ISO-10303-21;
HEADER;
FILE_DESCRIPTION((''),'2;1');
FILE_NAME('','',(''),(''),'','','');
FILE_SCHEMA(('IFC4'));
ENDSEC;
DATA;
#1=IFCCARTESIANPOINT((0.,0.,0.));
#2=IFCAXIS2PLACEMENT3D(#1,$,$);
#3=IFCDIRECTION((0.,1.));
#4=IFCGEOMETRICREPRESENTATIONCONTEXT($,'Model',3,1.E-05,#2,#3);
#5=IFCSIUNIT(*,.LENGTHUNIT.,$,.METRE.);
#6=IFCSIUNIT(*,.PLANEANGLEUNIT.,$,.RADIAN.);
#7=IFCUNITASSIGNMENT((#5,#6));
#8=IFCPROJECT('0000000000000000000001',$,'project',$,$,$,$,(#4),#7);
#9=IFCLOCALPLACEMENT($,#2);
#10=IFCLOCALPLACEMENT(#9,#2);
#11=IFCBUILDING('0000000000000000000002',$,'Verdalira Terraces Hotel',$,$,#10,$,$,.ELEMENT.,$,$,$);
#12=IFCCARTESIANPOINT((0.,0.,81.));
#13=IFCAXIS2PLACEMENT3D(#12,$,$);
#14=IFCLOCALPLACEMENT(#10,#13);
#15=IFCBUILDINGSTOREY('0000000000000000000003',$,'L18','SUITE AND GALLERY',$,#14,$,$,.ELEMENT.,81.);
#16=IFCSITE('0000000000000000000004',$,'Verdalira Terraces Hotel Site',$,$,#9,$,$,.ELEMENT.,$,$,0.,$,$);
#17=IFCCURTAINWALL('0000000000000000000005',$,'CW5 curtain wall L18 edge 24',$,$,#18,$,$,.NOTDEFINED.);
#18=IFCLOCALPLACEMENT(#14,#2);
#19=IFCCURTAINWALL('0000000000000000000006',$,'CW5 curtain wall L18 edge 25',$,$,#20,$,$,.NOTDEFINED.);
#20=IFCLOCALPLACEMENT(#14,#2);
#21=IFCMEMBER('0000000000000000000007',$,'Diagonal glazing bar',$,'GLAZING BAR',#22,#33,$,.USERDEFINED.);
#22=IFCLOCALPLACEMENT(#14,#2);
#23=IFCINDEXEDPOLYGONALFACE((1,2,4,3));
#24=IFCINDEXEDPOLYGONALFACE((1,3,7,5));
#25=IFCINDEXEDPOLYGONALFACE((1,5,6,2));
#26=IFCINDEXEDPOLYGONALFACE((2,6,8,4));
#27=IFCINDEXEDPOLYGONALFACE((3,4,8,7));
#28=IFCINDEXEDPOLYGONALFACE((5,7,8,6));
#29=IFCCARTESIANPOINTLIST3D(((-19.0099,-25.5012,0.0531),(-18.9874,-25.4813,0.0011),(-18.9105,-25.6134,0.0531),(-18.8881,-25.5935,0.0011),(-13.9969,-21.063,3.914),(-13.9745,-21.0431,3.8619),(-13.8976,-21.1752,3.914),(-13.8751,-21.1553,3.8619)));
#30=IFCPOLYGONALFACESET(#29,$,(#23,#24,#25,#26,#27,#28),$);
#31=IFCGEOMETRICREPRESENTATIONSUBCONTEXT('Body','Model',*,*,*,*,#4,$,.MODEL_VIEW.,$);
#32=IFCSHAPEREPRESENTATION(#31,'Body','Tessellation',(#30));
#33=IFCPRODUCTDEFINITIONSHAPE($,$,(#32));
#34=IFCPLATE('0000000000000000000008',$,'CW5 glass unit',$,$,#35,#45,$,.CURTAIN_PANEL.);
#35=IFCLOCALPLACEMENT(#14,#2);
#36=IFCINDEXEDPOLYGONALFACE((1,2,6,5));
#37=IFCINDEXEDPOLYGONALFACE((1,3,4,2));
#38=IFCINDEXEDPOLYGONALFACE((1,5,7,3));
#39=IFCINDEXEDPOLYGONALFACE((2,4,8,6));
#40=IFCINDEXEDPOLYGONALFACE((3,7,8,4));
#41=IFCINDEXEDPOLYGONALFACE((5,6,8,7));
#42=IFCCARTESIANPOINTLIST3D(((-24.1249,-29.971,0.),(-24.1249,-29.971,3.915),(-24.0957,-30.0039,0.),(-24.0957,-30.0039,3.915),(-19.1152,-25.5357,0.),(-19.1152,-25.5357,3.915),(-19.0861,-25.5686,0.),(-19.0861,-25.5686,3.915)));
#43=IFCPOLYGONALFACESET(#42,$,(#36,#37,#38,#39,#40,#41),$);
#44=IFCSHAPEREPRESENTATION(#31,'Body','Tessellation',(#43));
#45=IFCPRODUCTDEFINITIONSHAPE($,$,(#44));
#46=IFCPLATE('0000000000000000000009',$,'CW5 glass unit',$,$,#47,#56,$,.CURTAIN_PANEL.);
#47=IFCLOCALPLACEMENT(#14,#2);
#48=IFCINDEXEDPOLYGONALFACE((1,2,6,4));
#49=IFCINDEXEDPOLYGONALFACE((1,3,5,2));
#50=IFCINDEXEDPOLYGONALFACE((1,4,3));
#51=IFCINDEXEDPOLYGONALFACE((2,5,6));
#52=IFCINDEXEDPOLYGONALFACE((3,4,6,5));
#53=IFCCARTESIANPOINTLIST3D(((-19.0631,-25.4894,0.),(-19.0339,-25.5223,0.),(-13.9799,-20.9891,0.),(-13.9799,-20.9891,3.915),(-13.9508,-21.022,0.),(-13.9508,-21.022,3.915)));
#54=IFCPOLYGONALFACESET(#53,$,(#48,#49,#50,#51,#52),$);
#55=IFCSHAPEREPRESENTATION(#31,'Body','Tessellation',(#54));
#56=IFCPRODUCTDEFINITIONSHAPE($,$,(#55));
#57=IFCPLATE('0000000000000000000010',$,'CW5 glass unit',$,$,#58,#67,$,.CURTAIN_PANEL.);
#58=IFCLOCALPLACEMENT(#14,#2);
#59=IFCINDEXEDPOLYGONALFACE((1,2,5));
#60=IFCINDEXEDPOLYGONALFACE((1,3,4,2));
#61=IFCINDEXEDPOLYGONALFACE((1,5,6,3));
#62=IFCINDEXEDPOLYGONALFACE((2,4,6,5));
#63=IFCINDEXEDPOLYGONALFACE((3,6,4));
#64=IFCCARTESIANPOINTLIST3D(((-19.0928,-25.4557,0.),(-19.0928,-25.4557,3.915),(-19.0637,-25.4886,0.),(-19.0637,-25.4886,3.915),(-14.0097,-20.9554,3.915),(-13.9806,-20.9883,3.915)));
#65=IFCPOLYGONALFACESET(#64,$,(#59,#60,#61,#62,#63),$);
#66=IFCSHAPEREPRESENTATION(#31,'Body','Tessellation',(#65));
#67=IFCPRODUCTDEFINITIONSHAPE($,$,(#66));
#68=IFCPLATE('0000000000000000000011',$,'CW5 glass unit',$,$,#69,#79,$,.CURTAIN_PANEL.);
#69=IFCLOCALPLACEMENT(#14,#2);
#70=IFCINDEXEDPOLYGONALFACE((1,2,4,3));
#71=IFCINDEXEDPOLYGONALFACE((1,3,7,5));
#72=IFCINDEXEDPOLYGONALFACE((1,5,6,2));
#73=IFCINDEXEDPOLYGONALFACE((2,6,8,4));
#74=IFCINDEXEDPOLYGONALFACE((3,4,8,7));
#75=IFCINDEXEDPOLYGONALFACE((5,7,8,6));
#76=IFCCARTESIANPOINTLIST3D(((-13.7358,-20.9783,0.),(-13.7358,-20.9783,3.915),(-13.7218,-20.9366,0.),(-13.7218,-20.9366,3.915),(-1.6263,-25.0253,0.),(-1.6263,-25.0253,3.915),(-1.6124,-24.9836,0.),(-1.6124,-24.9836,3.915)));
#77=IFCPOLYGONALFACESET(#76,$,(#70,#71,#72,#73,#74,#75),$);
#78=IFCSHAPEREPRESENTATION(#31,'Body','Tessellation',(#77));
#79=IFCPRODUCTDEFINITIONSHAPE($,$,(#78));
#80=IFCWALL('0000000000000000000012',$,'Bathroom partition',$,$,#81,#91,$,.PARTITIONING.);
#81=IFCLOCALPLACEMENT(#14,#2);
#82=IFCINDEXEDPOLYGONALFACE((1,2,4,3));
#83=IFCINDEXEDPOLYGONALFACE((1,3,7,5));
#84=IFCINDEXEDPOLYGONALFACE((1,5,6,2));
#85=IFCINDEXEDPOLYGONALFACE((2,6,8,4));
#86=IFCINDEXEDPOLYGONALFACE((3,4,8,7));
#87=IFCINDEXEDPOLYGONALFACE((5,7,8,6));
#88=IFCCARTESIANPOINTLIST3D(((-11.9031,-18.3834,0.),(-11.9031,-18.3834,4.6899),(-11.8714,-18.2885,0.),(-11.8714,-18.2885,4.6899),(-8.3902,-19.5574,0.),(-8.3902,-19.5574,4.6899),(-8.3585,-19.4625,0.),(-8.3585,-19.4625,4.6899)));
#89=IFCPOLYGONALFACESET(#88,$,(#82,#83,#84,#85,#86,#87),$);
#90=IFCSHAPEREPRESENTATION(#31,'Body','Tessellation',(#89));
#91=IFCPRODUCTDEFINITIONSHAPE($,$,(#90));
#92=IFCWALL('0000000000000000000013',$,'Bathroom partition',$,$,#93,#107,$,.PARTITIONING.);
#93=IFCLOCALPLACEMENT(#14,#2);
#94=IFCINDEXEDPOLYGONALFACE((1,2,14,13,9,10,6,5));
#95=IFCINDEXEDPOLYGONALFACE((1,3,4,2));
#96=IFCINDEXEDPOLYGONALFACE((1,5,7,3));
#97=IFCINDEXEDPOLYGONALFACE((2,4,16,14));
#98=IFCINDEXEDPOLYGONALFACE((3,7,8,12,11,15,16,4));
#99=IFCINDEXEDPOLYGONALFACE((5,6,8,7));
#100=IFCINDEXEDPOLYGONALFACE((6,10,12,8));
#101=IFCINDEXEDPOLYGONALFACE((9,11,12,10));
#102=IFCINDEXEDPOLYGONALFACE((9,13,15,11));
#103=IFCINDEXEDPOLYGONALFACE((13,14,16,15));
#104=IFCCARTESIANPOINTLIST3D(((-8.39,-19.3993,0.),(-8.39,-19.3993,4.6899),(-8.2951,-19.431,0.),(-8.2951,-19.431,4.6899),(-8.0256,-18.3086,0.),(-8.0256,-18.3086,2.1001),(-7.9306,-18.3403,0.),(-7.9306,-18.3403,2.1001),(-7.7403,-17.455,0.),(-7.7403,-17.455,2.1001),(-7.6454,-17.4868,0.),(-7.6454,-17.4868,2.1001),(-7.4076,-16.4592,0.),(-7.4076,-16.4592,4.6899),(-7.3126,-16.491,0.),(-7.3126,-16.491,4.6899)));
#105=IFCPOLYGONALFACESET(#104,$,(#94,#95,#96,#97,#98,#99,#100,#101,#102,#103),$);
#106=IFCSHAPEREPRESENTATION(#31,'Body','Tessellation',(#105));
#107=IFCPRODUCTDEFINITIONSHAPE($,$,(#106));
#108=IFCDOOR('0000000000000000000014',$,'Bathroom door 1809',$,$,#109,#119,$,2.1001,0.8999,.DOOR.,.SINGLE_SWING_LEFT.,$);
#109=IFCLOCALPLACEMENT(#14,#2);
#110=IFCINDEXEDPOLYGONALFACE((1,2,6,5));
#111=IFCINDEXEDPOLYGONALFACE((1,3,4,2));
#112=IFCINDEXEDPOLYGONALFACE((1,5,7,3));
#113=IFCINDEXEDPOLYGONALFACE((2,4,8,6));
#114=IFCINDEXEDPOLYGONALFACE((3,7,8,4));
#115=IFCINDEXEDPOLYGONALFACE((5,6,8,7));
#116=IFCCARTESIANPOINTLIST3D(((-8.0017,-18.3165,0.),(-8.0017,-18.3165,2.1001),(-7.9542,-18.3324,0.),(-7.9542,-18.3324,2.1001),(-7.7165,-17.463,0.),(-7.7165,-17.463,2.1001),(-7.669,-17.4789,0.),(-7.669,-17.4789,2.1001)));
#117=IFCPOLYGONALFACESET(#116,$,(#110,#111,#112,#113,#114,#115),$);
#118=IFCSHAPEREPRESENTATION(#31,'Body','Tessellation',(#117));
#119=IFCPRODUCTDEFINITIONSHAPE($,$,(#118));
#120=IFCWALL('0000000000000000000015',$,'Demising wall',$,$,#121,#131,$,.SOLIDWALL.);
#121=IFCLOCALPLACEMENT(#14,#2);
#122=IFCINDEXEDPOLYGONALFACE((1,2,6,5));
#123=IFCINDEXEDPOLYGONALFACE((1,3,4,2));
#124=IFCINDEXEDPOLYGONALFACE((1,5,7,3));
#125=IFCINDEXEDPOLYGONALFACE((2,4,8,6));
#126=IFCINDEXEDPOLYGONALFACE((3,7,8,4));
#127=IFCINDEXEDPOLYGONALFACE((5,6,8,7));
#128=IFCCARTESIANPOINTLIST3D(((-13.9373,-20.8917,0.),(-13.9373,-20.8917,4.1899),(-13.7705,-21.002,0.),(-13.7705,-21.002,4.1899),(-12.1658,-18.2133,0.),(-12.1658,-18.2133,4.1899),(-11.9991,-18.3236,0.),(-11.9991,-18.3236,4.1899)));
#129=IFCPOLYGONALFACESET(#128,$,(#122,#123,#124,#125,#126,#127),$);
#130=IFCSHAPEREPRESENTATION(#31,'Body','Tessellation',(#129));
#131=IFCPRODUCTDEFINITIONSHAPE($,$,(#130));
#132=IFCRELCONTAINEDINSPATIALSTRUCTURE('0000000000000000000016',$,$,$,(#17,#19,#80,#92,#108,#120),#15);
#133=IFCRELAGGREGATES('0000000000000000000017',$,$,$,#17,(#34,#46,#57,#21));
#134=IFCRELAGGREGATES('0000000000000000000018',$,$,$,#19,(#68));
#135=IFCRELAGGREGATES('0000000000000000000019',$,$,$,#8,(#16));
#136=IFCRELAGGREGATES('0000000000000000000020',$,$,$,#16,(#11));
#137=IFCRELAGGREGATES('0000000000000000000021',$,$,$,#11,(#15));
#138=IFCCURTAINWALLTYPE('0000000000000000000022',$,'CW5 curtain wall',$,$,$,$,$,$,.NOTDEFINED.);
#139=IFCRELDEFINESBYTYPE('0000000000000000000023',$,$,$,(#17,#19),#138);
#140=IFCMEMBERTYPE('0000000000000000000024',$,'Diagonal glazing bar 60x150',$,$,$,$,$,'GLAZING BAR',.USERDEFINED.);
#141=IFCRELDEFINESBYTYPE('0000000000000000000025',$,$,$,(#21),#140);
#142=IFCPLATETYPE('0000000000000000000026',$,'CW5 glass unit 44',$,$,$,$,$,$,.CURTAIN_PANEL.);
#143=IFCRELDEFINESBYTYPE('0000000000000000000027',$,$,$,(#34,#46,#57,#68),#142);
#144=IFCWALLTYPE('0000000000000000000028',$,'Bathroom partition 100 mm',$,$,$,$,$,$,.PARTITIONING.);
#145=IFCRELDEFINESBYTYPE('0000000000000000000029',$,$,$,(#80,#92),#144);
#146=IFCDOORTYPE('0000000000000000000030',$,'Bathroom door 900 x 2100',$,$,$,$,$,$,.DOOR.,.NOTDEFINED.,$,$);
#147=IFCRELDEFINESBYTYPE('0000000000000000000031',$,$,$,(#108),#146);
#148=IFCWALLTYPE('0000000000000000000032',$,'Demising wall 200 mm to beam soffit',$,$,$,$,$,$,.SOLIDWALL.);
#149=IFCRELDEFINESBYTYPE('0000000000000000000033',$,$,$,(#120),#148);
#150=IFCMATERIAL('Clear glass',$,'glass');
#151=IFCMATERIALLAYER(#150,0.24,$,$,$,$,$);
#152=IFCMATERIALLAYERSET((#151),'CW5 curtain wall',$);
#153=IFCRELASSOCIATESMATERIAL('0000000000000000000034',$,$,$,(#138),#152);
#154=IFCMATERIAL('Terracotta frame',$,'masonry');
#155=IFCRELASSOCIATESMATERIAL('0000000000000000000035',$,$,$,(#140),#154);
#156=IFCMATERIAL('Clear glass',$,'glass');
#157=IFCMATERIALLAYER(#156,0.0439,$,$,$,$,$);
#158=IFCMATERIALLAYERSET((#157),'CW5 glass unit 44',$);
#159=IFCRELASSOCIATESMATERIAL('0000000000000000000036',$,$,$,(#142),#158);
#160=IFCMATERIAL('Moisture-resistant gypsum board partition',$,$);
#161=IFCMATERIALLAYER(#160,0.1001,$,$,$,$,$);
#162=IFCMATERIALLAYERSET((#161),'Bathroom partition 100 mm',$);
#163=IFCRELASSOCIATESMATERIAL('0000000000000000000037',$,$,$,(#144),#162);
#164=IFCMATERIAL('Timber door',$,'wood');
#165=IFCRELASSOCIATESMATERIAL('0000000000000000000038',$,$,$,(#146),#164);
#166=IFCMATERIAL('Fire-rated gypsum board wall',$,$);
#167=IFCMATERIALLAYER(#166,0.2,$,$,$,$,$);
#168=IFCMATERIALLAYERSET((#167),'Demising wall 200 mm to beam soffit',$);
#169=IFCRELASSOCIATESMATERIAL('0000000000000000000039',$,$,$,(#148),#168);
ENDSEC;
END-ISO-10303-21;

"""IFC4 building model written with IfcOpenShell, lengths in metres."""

from ifc_helpers import new_model, si_unit, direction, frame, frame_2d, origin, origin_2d, place, context, subcontext, project, spatial, polyline, rectangle, outline, extrude, material, layer, layer_set, material_profile, profile_set, type_object, element, fill, aggregate, save


model = new_model("IFC4")

# Units and contexts
model_context = context("Model", 3, precision=1e-05, world=origin(), true_north=direction((0.0, 1.0)))
body_context = subcontext(model_context, "Body", "Model", "MODEL_VIEW")
ifc_project = project(units=[si_unit("LENGTHUNIT", "METRE"), si_unit("PLANEANGLEUNIT", "RADIAN")], contexts=[model_context])

# Site, building, storey
site_placement = place(None, origin())
site = spatial("IfcSite", under=ifc_project, at=site_placement, Name="Verdalira Terraces Hotel Site", CompositionType="ELEMENT", RefElevation=0.0)
building_placement = place(site_placement, origin())
building = spatial("IfcBuilding", under=site, at=building_placement, Name="Verdalira Terraces Hotel", CompositionType="ELEMENT")
storey_placement = place(building_placement, frame((0.0, 0.0, 81.0)))
storey = spatial("IfcBuildingStorey", under=building, at=storey_placement, Name="L18", Description="SUITE AND GALLERY", CompositionType="ELEMENT", Elevation=81.0)

# Curtain walls
ifc_material_1 = material(Name="Clear glass", Category="glass")
ifc_layer_1 = layer(ifc_material_1, 0.24)
ifc_layer_set_1 = layer_set([ifc_layer_1], Name="CW5 curtain wall")
curtain_wall_type = type_object("IfcCurtainWallType", Name="CW5 curtain wall", PredefinedType="NOTDEFINED", material=ifc_layer_set_1)
curtain_wall_1_placement = place(storey_placement, origin())
curtain_wall_1 = element("IfcCurtainWall", 1, at=curtain_wall_1_placement, inside=storey, type_object=curtain_wall_type, Name="CW5 curtain wall L18 edge 24", PredefinedType="NOTDEFINED")
curtain_wall_2_placement = place(storey_placement, origin())
curtain_wall_2 = element("IfcCurtainWall", 2, at=curtain_wall_2_placement, inside=storey, type_object=curtain_wall_type, Name="CW5 curtain wall L18 edge 25", PredefinedType="NOTDEFINED")

# Member
ifc_material_2 = material(Name="Terracotta frame", Category="masonry")
ifc_material_profile_1 = material_profile(ifc_material_2, rectangle(XDim=0.1499, YDim=0.0601, at=origin_2d()), Name="GB 60x150")
ifc_profile_set_1 = profile_set([ifc_material_profile_1], Name="Terracotta frame")
member_type_1 = type_object("IfcMemberType", Name="Diagonal glazing bar 60x150", ElementType="GLAZING BAR", PredefinedType="USERDEFINED", material=ifc_profile_set_1)
member_1_placement = place(storey_placement, frame((-18.949, -25.5474, 0.0271), z_axis=(0.648609, 0.57425, 0.499543), x_axis=(-0.662885, 0.748722, 0.0)))
member_1 = element("IfcMember", 3, at=member_1_placement, type_object=member_type_1, Name="Diagonal glazing bar", ObjectType="GLAZING BAR", PredefinedType="USERDEFINED", context=body_context, shape_type="SweptSolid", body=[
    extrude(rectangle(XDim=0.1499, YDim=0.0601, at=origin_2d()), origin(), (0.0, 0.0, 1.0), 7.7288),
])

# Plates
ifc_material_3 = material(Name="Clear glass", Category="glass")
ifc_layer_2 = layer(ifc_material_3, 0.0439)
ifc_layer_set_2 = layer_set([ifc_layer_2], Name="CW5 glass unit 44")
plate_type = type_object("IfcPlateType", Name="CW5 glass unit 44", PredefinedType="CURTAIN_PANEL", material=ifc_layer_set_2)
plate_1_placement = place(storey_placement, frame((-21.6055, -27.7698, 0.0), z_axis=(0.0, 0.0, 1.0), x_axis=(0.748724, 0.662881, 0.0)))
plate_1 = element("IfcPlate", 4, at=plate_1_placement, type_object=plate_type, Name="CW5 glass unit", PredefinedType="CURTAIN_PANEL", context=body_context, shape_type="SweptSolid", body=[
    extrude(rectangle(XDim=6.6909, YDim=0.0439, at=origin_2d()), origin(), (0.0, 0.0, 1.0), 3.915),
])
plate_2_placement = place(storey_placement, frame((-16.5215, -23.2393, 1.9575), z_axis=(0.662881, -0.748724, 0.0), x_axis=(0.748724, 0.662881, 0.0)))
plate_2 = element("IfcPlate", 5, at=plate_2_placement, type_object=plate_type, Name="CW5 glass unit", PredefinedType="CURTAIN_PANEL", context=body_context, shape_type="SweptSolid", body=[
    extrude(outline(polyline([(-3.3945, -1.9575), (3.3945, -1.9575), (3.3945, 1.9575), (-3.3945, -1.9575)])), origin(), (0.0, 0.0, 1.0), 0.0439),
])
plate_3_placement = place(storey_placement, frame((-16.5513, -23.2056, 1.9575), z_axis=(0.662881, -0.748724, 0.0), x_axis=(0.748724, 0.662881, 0.0)))
plate_3 = element("IfcPlate", 6, at=plate_3_placement, type_object=plate_type, Name="CW5 glass unit", PredefinedType="CURTAIN_PANEL", context=body_context, shape_type="SweptSolid", body=[
    extrude(outline(polyline([(-3.3945, -1.9575), (3.3945, 1.9575), (-3.3945, 1.9575), (-3.3945, -1.9575)])), origin(), (0.0, 0.0, 1.0), 0.0439),
])
aggregate(curtain_wall_1, [plate_1, plate_2, plate_3, member_1])
plate_4_placement = place(storey_placement, frame((-7.6741, -22.981, 0.0), z_axis=(0.0, 0.0, 1.0), x_axis=(0.948434, -0.316974, 0.0)))
plate_4 = element("IfcPlate", 7, at=plate_4_placement, type_object=plate_type, Name="CW5 glass unit", PredefinedType="CURTAIN_PANEL", context=body_context, shape_type="SweptSolid", body=[
    extrude(rectangle(XDim=12.7678, YDim=0.0439, at=origin_2d()), origin(), (0.0, 0.0, 1.0), 3.915),
])
aggregate(curtain_wall_2, [plate_4])

# Wall
ifc_material_4 = material(Name="Moisture-resistant gypsum board partition")
ifc_layer_3 = layer(ifc_material_4, 0.1001)
ifc_layer_set_3 = layer_set([ifc_layer_3], Name="Bathroom partition 100 mm")
wall_type_1 = type_object("IfcWallType", Name="Bathroom partition 100 mm", PredefinedType="PARTITIONING", material=ifc_layer_set_3)
wall_1_placement = place(storey_placement, frame((-8.3743, -19.51, 0.0), z_axis=(0.0, 0.0, 1.0), x_axis=(-0.948433, 0.316979, 0.0)))
element("IfcWall", 8, at=wall_1_placement, inside=storey, type_object=wall_type_1, Name="Bathroom partition", PredefinedType="PARTITIONING", context=body_context, shape_type="SweptSolid", body=[
    extrude(rectangle(XDim=3.7039, YDim=0.1001, at=frame_2d((1.8521, 0.0))), origin(), (0.0, 0.0, 1.0), 4.6899),
])

# Wall, opening, door
wall_2_placement = place(storey_placement, frame((-8.3425, -19.415, 0.0), z_axis=(0.0, 0.0, 1.0), x_axis=(0.316937, 0.948447, 0.0)))
wall_2 = element("IfcWall", 9, at=wall_2_placement, inside=storey, type_object=wall_type_1, Name="Bathroom partition", PredefinedType="PARTITIONING", context=body_context, shape_type="SweptSolid", body=[
    extrude(rectangle(XDim=3.0999, YDim=0.1001, at=frame_2d((1.5498, 0.0))), origin(), (0.0, 0.0, 1.0), 4.6899),
])
opening_placement = place(wall_2_placement, frame((1.1499, 0.0, 0.0)))
opening = element("IfcOpeningElement", 10, at=opening_placement, cuts=wall_2, PredefinedType="OPENING", context=body_context, shape_type="SweptSolid", body=[
    extrude(rectangle(XDim=0.8999, YDim=2.1001, at=frame_2d((0.45, 1.05))), frame((0.0, 0.0601, 0.0), z_axis=(0.0, -1.0, 0.0), x_axis=(1.0, 0.0, 0.0)), (0.0, 0.0, 1.0), 0.1201),
])
ifc_material_5 = material(Name="Timber door", Category="wood")
door_type = type_object("IfcDoorType", Name="Bathroom door 900 x 2100", OperationType="NOTDEFINED", PredefinedType="DOOR", material=ifc_material_5)
door_placement = place(opening_placement, origin())
door = element("IfcDoor", 11, at=door_placement, inside=storey, type_object=door_type, Name="Bathroom door 1809", OperationType="SINGLE_SWING_LEFT", OverallHeight=2.1001, OverallWidth=0.8999, PredefinedType="DOOR", context=body_context, shape_type="SweptSolid", body=[
    extrude(rectangle(XDim=0.8999, YDim=2.1001, at=frame_2d((0.45, 1.05))), frame((0.0, 0.0249, 0.0), z_axis=(0.0, -1.0, 0.0), x_axis=(1.0, 0.0, 0.0)), (0.0, 0.0, 1.0), 0.05),
])
fill(opening, door)

# Wall
ifc_material_6 = material(Name="Fire-rated gypsum board wall")
ifc_layer_4 = layer(ifc_material_6, 0.2)
ifc_layer_set_4 = layer_set([ifc_layer_4], Name="Demising wall 200 mm to beam soffit")
wall_type_2 = type_object("IfcWallType", Name="Demising wall 200 mm to beam soffit", PredefinedType="SOLIDWALL", material=ifc_layer_set_4)
wall_3_placement = place(storey_placement, frame((-12.0825, -18.2686, 0.0), z_axis=(0.0, 0.0, 1.0), x_axis=(-0.551644, -0.83408, 0.0)))
element("IfcWall", 12, at=wall_3_placement, inside=storey, type_object=wall_type_2, Name="Demising wall", PredefinedType="SOLIDWALL", context=body_context, shape_type="SweptSolid", body=[
    extrude(rectangle(XDim=3.2112, YDim=0.2, at=frame_2d((1.6055, 0.0))), origin(), (0.0, 0.0, 1.0), 4.1899),
])

save(model, "model.ifc")
